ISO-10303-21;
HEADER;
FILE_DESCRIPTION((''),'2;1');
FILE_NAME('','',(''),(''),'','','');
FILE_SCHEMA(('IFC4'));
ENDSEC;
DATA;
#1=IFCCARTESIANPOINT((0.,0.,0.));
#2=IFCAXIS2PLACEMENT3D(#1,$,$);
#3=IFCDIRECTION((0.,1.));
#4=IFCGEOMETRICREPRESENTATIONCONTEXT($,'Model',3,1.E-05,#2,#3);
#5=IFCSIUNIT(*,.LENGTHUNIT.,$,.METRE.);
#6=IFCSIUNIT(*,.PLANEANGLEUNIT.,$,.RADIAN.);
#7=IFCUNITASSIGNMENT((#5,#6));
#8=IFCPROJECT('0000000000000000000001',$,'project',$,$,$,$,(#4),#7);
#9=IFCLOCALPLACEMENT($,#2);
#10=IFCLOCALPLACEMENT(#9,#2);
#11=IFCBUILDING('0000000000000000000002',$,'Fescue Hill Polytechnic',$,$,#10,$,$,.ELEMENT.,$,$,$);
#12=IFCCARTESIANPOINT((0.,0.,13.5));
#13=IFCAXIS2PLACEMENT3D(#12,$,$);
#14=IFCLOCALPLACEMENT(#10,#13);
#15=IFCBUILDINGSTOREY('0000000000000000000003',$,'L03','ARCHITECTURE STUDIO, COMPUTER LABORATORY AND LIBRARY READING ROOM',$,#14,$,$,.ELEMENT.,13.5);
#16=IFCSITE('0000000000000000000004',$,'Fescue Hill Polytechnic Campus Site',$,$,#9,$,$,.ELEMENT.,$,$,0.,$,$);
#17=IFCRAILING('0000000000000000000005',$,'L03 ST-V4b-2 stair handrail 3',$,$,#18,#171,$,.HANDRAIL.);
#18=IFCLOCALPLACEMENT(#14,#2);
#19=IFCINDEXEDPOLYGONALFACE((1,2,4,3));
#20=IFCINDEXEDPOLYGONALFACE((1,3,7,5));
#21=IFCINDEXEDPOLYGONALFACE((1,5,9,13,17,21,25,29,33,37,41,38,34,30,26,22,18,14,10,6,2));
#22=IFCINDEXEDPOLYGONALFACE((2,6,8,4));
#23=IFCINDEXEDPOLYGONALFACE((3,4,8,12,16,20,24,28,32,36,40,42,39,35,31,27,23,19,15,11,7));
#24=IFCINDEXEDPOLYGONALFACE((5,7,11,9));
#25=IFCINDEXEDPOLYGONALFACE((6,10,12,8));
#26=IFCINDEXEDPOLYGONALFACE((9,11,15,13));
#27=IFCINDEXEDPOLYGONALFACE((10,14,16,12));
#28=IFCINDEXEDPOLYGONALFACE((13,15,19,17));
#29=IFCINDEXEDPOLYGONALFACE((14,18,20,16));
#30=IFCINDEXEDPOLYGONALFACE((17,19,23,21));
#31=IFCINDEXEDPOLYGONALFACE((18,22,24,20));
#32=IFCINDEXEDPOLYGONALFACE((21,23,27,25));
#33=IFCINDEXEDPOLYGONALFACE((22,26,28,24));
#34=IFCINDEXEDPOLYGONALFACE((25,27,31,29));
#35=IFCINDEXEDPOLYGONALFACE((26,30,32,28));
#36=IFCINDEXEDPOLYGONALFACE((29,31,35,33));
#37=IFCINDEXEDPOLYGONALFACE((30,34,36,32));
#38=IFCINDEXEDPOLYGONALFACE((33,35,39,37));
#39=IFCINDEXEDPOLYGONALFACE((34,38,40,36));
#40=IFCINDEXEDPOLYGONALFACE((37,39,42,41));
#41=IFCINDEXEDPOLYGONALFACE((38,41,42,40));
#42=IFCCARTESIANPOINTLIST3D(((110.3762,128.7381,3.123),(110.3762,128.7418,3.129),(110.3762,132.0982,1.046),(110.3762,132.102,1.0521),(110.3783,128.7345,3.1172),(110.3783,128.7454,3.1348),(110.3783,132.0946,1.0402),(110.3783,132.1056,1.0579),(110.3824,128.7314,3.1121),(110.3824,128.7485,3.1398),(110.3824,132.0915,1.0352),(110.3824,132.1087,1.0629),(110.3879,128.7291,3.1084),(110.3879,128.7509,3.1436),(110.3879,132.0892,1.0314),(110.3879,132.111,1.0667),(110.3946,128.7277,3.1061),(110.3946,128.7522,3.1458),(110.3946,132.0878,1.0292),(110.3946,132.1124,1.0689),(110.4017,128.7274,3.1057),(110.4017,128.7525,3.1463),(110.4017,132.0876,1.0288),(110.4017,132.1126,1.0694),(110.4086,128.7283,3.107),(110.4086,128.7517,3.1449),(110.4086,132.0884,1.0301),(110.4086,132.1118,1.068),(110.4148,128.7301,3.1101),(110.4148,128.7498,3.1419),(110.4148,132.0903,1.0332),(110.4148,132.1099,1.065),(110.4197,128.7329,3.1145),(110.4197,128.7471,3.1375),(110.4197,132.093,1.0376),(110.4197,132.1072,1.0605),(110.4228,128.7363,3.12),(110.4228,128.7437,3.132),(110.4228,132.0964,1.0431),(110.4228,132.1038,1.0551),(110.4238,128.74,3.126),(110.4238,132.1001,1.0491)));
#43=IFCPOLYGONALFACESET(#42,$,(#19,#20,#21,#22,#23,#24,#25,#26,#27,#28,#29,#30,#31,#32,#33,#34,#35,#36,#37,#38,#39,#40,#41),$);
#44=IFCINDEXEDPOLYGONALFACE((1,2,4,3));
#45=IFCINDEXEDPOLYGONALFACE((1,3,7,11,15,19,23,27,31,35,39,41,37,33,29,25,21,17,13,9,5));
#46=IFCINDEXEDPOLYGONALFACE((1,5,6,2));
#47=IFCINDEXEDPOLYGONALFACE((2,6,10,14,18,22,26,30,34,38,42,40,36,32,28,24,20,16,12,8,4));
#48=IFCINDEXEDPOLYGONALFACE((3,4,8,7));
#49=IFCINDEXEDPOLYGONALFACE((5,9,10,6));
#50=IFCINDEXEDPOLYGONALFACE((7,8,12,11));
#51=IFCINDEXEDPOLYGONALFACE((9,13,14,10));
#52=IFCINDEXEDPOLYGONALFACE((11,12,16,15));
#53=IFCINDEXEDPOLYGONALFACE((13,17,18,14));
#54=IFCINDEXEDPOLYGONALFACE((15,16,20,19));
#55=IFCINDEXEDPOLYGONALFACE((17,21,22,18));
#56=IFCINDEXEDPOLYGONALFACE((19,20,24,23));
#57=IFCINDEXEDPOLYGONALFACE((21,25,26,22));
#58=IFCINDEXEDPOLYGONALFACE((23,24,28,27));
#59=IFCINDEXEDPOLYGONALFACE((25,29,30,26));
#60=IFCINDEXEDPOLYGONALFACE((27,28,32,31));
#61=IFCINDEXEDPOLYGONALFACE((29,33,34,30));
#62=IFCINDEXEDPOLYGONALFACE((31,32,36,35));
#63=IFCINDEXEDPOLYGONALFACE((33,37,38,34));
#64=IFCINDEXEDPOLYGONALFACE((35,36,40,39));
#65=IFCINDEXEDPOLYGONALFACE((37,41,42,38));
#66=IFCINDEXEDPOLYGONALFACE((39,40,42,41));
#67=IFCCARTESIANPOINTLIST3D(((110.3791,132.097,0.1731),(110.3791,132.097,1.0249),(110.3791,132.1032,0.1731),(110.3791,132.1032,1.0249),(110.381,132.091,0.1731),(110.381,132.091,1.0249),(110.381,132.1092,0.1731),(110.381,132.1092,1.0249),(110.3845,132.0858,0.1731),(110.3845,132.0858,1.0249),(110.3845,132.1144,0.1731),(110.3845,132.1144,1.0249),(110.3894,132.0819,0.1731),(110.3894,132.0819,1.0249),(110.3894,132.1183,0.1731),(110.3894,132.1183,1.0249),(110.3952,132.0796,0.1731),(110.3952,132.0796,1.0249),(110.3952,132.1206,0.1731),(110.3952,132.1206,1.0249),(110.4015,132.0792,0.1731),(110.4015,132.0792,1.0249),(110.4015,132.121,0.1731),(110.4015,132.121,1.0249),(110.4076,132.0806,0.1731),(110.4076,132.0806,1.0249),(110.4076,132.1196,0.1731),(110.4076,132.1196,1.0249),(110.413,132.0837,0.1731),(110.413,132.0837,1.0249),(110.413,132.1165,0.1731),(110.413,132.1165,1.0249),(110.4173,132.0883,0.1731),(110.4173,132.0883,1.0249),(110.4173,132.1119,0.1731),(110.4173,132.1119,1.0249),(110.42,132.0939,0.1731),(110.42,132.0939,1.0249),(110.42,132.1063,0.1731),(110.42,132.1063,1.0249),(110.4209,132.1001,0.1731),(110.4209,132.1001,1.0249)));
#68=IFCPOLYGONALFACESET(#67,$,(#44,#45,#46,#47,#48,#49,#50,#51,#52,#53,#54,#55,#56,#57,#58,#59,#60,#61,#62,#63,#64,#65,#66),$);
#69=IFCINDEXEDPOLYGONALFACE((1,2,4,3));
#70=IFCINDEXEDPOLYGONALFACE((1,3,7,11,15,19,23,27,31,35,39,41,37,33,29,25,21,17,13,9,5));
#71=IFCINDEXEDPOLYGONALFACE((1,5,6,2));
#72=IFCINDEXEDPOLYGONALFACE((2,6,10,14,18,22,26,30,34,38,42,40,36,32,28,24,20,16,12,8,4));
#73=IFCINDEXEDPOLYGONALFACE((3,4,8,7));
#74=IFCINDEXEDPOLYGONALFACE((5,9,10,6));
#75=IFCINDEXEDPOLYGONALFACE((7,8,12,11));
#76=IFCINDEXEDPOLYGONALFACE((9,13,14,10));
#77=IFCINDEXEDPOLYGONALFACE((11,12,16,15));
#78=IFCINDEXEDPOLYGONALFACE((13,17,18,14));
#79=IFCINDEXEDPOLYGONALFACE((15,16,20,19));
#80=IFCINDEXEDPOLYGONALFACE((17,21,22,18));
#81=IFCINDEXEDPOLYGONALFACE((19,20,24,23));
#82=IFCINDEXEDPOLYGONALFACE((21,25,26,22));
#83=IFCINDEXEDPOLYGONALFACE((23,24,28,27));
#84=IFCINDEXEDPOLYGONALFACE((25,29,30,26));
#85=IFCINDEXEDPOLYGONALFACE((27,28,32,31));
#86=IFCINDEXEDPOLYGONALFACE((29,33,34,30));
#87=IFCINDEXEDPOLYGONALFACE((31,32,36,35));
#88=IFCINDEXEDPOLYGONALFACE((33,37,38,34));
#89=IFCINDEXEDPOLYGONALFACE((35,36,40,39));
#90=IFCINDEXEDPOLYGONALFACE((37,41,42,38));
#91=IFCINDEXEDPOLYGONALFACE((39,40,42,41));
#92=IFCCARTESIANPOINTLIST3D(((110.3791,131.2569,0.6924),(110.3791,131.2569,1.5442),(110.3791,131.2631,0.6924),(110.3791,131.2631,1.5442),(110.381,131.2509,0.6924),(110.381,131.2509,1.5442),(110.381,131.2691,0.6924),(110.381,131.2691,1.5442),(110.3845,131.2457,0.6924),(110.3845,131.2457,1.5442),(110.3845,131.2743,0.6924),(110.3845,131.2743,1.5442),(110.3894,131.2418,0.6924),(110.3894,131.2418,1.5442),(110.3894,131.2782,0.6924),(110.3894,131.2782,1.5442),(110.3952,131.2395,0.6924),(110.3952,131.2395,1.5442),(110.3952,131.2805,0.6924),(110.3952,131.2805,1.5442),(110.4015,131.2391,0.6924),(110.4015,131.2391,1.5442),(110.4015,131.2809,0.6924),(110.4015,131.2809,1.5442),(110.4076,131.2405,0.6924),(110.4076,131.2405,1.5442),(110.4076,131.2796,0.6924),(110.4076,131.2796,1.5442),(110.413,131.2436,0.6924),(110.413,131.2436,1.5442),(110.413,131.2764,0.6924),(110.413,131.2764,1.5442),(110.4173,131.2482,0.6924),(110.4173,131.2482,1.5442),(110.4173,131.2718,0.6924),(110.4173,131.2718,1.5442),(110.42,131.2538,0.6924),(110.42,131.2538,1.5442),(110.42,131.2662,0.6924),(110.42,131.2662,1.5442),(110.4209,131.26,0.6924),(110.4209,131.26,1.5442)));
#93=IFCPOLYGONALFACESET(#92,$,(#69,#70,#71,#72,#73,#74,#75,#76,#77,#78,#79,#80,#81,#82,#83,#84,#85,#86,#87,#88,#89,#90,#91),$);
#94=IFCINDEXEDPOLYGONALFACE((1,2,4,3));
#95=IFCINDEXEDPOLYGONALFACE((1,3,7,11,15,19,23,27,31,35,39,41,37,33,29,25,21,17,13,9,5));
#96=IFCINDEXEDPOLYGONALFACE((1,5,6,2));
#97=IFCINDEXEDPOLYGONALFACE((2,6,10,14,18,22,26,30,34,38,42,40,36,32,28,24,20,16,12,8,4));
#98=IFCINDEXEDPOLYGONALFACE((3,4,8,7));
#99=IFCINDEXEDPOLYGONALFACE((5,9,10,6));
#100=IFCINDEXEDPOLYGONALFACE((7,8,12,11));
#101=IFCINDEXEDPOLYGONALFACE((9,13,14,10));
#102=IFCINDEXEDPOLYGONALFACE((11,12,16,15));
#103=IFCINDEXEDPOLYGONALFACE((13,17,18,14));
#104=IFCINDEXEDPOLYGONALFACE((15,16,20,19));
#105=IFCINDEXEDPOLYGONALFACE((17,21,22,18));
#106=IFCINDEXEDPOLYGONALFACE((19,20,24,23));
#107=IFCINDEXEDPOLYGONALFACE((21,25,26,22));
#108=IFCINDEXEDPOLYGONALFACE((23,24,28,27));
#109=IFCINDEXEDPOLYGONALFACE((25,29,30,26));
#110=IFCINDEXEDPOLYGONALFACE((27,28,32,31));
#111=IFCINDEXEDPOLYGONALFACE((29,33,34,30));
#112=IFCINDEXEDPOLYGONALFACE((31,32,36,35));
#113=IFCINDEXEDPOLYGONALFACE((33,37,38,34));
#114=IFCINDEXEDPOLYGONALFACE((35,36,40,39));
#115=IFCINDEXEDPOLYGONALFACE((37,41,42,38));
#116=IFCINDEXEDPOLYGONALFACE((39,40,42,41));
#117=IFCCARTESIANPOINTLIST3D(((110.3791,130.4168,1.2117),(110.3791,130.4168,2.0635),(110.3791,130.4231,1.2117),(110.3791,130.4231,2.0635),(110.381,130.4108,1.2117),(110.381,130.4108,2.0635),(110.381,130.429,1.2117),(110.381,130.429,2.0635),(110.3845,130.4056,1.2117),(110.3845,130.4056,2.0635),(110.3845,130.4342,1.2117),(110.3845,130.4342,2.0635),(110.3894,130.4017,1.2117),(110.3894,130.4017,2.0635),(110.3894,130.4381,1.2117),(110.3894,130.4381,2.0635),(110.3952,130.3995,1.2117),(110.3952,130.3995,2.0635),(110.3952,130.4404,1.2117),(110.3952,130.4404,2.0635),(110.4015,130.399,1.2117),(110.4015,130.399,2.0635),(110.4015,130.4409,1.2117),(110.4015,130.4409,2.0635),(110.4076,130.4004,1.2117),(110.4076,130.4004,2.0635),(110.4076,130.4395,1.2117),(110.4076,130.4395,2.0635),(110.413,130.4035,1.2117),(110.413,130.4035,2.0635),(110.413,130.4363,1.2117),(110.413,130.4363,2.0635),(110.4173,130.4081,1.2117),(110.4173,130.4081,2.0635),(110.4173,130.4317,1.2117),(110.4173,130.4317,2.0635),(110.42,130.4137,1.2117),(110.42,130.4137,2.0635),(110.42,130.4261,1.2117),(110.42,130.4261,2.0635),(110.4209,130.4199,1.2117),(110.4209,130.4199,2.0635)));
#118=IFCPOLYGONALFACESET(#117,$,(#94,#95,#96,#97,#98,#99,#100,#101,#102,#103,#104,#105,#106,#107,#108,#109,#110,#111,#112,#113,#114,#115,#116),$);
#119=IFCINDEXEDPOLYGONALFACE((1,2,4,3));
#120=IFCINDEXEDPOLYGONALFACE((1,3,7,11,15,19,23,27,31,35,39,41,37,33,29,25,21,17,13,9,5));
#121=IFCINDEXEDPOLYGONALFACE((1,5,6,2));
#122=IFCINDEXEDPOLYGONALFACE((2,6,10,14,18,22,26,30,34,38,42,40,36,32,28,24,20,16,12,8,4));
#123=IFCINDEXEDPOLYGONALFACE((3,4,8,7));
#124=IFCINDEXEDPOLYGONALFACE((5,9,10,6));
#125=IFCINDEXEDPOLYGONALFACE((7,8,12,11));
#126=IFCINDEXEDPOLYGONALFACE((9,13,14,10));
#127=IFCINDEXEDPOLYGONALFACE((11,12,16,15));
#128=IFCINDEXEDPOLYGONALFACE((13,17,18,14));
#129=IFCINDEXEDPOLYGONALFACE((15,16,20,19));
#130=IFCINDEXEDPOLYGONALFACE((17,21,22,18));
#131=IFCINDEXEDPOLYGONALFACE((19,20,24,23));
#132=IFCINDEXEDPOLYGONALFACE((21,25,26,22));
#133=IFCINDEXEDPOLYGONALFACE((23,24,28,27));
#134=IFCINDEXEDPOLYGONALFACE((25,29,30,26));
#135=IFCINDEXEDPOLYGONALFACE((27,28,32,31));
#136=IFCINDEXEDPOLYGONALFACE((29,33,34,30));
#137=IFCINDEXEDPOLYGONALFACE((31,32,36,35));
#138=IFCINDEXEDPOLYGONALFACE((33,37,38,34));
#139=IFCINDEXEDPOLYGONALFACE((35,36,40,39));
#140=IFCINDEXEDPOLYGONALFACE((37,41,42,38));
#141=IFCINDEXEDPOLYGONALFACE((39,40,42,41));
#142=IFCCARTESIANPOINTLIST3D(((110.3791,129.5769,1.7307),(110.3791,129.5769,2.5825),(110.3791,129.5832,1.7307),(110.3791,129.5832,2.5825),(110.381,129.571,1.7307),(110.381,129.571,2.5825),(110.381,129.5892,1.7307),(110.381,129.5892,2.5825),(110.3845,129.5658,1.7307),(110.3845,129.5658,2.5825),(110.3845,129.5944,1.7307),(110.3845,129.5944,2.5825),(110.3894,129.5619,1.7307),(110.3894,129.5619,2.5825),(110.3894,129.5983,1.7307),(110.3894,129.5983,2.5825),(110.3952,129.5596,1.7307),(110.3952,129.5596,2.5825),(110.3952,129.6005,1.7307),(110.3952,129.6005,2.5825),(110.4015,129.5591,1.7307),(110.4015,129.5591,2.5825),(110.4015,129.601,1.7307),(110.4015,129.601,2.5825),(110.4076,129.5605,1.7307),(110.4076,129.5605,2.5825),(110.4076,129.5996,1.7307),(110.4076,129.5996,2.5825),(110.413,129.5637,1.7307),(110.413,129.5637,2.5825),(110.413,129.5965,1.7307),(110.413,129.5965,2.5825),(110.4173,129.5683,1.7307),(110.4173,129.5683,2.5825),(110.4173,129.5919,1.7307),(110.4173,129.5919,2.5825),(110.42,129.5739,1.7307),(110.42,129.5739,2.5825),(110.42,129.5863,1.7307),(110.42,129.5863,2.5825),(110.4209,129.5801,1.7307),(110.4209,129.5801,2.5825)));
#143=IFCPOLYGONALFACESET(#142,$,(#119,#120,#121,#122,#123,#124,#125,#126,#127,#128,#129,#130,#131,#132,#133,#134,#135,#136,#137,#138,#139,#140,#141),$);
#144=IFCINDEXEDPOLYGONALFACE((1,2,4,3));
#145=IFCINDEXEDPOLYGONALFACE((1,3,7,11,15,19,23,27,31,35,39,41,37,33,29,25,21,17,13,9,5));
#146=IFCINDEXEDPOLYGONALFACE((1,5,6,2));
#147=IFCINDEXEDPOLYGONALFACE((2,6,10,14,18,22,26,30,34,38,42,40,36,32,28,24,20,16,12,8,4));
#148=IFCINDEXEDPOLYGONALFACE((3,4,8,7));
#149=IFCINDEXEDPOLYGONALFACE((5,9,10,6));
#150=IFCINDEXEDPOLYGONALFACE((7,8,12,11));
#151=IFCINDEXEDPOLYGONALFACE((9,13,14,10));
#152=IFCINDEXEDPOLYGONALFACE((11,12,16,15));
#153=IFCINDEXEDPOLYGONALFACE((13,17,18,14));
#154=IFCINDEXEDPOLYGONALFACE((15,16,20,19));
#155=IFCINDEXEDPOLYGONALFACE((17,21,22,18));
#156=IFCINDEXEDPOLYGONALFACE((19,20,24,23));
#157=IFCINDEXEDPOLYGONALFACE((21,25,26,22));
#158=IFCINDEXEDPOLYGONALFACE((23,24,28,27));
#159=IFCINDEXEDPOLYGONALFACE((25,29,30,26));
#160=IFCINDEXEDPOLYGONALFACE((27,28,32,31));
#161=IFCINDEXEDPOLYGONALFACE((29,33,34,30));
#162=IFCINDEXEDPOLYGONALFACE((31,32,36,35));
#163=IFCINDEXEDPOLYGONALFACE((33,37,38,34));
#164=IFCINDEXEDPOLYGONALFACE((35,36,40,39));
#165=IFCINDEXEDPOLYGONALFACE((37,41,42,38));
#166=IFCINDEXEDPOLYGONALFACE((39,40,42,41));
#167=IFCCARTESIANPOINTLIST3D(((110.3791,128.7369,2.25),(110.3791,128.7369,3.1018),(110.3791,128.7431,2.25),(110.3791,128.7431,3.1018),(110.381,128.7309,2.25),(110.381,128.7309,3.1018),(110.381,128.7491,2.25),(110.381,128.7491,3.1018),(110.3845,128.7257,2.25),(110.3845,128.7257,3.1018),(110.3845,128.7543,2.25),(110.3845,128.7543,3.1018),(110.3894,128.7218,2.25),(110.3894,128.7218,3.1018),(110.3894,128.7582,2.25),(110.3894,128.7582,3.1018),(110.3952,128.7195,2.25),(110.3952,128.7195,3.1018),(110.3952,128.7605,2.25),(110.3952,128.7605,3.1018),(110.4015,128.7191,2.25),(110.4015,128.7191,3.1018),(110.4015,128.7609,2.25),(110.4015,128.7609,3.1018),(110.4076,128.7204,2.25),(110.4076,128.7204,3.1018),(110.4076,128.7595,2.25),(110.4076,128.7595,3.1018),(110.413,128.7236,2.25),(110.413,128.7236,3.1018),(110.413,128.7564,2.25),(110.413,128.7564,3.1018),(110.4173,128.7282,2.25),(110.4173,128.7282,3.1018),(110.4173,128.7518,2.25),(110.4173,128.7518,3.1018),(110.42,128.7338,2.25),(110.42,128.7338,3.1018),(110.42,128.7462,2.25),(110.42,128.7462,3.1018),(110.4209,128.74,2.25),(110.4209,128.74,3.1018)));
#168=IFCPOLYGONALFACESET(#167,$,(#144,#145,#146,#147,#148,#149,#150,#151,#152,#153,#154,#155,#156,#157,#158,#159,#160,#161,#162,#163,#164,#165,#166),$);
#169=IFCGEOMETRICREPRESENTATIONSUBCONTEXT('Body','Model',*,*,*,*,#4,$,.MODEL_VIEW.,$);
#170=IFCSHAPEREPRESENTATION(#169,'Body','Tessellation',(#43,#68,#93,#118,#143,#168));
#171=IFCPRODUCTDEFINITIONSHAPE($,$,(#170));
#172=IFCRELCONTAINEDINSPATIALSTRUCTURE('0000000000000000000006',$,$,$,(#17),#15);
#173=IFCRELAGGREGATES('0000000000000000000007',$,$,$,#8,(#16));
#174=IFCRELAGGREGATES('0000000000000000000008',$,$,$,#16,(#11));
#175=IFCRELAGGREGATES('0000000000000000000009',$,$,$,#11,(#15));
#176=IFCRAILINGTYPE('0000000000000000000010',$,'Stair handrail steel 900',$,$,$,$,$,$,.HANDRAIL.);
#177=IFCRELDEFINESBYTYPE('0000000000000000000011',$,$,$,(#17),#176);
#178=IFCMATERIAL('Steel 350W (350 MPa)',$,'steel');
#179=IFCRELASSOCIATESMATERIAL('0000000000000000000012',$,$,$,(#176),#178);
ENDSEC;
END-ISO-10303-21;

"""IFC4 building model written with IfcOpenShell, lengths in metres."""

from ifc_helpers import new_model, si_unit, direction, frame, origin, origin_2d, place, context, subcontext, project, spatial, circle, extrude, material, type_object, element, save


model = new_model("IFC4")

# Units and contexts
model_context = context("Model", 3, precision=1e-05, world=origin(), true_north=direction((0.0, 1.0)))
body_context = subcontext(model_context, "Body", "Model", "MODEL_VIEW")
ifc_project = project(units=[si_unit("LENGTHUNIT", "METRE"), si_unit("PLANEANGLEUNIT", "RADIAN")], contexts=[model_context])

# Site, building, storey
site_placement = place(None, origin())
site = spatial("IfcSite", under=ifc_project, at=site_placement, Name="Fescue Hill Polytechnic Campus Site", CompositionType="ELEMENT", RefElevation=0.0)
building_placement = place(site_placement, origin())
building = spatial("IfcBuilding", under=site, at=building_placement, Name="Fescue Hill Polytechnic", CompositionType="ELEMENT")
storey_placement = place(building_placement, frame((0.0, 0.0, 13.5)))
storey = spatial("IfcBuildingStorey", under=building, at=storey_placement, Name="L03", Description="ARCHITECTURE STUDIO, COMPUTER LABORATORY AND LIBRARY READING ROOM", CompositionType="ELEMENT", Elevation=13.5)

# Railing
ifc_material_1 = material(Name="Steel 350W (350 MPa)", Category="steel")
railing_type = type_object("IfcRailingType", Name="Stair handrail steel 900", PredefinedType="HANDRAIL", material=ifc_material_1)
railing_placement = place(storey_placement, frame((110.3999, 132.1001, 0.1731)))
element("IfcRailing", 1, at=railing_placement, inside=storey, type_object=railing_type, Name="L03 ST-V4b-2 stair handrail 3", PredefinedType="HANDRAIL", context=body_context, shape_type="SweptSolid", body=[
    extrude(circle(Radius=0.0239, at=origin_2d()), frame((0.0, 0.0, 0.876), z_axis=(0.0, -0.850623, 0.525776), x_axis=(1.0, 0.0, 0.0)), (0.0, 0.0, 1.0), 3.9502),
    extrude(circle(Radius=0.021, at=origin_2d()), origin(), (0.0, 0.0, 1.0), 0.8518),
    extrude(circle(Radius=0.021, at=origin_2d()), frame((0.0, -0.8401, 0.5193)), (0.0, 0.0, 1.0), 0.8518),
    extrude(circle(Radius=0.021, at=origin_2d()), frame((0.0, -1.6802, 1.0386)), (0.0, 0.0, 1.0), 0.8518),
    extrude(circle(Radius=0.021, at=origin_2d()), frame((0.0, -2.52, 1.5576)), (0.0, 0.0, 1.0), 0.8518),
    extrude(circle(Radius=0.021, at=origin_2d()), frame((0.0, -3.3601, 2.0769)), (0.0, 0.0, 1.0), 0.8518),
])

save(model, "model.ifc")
